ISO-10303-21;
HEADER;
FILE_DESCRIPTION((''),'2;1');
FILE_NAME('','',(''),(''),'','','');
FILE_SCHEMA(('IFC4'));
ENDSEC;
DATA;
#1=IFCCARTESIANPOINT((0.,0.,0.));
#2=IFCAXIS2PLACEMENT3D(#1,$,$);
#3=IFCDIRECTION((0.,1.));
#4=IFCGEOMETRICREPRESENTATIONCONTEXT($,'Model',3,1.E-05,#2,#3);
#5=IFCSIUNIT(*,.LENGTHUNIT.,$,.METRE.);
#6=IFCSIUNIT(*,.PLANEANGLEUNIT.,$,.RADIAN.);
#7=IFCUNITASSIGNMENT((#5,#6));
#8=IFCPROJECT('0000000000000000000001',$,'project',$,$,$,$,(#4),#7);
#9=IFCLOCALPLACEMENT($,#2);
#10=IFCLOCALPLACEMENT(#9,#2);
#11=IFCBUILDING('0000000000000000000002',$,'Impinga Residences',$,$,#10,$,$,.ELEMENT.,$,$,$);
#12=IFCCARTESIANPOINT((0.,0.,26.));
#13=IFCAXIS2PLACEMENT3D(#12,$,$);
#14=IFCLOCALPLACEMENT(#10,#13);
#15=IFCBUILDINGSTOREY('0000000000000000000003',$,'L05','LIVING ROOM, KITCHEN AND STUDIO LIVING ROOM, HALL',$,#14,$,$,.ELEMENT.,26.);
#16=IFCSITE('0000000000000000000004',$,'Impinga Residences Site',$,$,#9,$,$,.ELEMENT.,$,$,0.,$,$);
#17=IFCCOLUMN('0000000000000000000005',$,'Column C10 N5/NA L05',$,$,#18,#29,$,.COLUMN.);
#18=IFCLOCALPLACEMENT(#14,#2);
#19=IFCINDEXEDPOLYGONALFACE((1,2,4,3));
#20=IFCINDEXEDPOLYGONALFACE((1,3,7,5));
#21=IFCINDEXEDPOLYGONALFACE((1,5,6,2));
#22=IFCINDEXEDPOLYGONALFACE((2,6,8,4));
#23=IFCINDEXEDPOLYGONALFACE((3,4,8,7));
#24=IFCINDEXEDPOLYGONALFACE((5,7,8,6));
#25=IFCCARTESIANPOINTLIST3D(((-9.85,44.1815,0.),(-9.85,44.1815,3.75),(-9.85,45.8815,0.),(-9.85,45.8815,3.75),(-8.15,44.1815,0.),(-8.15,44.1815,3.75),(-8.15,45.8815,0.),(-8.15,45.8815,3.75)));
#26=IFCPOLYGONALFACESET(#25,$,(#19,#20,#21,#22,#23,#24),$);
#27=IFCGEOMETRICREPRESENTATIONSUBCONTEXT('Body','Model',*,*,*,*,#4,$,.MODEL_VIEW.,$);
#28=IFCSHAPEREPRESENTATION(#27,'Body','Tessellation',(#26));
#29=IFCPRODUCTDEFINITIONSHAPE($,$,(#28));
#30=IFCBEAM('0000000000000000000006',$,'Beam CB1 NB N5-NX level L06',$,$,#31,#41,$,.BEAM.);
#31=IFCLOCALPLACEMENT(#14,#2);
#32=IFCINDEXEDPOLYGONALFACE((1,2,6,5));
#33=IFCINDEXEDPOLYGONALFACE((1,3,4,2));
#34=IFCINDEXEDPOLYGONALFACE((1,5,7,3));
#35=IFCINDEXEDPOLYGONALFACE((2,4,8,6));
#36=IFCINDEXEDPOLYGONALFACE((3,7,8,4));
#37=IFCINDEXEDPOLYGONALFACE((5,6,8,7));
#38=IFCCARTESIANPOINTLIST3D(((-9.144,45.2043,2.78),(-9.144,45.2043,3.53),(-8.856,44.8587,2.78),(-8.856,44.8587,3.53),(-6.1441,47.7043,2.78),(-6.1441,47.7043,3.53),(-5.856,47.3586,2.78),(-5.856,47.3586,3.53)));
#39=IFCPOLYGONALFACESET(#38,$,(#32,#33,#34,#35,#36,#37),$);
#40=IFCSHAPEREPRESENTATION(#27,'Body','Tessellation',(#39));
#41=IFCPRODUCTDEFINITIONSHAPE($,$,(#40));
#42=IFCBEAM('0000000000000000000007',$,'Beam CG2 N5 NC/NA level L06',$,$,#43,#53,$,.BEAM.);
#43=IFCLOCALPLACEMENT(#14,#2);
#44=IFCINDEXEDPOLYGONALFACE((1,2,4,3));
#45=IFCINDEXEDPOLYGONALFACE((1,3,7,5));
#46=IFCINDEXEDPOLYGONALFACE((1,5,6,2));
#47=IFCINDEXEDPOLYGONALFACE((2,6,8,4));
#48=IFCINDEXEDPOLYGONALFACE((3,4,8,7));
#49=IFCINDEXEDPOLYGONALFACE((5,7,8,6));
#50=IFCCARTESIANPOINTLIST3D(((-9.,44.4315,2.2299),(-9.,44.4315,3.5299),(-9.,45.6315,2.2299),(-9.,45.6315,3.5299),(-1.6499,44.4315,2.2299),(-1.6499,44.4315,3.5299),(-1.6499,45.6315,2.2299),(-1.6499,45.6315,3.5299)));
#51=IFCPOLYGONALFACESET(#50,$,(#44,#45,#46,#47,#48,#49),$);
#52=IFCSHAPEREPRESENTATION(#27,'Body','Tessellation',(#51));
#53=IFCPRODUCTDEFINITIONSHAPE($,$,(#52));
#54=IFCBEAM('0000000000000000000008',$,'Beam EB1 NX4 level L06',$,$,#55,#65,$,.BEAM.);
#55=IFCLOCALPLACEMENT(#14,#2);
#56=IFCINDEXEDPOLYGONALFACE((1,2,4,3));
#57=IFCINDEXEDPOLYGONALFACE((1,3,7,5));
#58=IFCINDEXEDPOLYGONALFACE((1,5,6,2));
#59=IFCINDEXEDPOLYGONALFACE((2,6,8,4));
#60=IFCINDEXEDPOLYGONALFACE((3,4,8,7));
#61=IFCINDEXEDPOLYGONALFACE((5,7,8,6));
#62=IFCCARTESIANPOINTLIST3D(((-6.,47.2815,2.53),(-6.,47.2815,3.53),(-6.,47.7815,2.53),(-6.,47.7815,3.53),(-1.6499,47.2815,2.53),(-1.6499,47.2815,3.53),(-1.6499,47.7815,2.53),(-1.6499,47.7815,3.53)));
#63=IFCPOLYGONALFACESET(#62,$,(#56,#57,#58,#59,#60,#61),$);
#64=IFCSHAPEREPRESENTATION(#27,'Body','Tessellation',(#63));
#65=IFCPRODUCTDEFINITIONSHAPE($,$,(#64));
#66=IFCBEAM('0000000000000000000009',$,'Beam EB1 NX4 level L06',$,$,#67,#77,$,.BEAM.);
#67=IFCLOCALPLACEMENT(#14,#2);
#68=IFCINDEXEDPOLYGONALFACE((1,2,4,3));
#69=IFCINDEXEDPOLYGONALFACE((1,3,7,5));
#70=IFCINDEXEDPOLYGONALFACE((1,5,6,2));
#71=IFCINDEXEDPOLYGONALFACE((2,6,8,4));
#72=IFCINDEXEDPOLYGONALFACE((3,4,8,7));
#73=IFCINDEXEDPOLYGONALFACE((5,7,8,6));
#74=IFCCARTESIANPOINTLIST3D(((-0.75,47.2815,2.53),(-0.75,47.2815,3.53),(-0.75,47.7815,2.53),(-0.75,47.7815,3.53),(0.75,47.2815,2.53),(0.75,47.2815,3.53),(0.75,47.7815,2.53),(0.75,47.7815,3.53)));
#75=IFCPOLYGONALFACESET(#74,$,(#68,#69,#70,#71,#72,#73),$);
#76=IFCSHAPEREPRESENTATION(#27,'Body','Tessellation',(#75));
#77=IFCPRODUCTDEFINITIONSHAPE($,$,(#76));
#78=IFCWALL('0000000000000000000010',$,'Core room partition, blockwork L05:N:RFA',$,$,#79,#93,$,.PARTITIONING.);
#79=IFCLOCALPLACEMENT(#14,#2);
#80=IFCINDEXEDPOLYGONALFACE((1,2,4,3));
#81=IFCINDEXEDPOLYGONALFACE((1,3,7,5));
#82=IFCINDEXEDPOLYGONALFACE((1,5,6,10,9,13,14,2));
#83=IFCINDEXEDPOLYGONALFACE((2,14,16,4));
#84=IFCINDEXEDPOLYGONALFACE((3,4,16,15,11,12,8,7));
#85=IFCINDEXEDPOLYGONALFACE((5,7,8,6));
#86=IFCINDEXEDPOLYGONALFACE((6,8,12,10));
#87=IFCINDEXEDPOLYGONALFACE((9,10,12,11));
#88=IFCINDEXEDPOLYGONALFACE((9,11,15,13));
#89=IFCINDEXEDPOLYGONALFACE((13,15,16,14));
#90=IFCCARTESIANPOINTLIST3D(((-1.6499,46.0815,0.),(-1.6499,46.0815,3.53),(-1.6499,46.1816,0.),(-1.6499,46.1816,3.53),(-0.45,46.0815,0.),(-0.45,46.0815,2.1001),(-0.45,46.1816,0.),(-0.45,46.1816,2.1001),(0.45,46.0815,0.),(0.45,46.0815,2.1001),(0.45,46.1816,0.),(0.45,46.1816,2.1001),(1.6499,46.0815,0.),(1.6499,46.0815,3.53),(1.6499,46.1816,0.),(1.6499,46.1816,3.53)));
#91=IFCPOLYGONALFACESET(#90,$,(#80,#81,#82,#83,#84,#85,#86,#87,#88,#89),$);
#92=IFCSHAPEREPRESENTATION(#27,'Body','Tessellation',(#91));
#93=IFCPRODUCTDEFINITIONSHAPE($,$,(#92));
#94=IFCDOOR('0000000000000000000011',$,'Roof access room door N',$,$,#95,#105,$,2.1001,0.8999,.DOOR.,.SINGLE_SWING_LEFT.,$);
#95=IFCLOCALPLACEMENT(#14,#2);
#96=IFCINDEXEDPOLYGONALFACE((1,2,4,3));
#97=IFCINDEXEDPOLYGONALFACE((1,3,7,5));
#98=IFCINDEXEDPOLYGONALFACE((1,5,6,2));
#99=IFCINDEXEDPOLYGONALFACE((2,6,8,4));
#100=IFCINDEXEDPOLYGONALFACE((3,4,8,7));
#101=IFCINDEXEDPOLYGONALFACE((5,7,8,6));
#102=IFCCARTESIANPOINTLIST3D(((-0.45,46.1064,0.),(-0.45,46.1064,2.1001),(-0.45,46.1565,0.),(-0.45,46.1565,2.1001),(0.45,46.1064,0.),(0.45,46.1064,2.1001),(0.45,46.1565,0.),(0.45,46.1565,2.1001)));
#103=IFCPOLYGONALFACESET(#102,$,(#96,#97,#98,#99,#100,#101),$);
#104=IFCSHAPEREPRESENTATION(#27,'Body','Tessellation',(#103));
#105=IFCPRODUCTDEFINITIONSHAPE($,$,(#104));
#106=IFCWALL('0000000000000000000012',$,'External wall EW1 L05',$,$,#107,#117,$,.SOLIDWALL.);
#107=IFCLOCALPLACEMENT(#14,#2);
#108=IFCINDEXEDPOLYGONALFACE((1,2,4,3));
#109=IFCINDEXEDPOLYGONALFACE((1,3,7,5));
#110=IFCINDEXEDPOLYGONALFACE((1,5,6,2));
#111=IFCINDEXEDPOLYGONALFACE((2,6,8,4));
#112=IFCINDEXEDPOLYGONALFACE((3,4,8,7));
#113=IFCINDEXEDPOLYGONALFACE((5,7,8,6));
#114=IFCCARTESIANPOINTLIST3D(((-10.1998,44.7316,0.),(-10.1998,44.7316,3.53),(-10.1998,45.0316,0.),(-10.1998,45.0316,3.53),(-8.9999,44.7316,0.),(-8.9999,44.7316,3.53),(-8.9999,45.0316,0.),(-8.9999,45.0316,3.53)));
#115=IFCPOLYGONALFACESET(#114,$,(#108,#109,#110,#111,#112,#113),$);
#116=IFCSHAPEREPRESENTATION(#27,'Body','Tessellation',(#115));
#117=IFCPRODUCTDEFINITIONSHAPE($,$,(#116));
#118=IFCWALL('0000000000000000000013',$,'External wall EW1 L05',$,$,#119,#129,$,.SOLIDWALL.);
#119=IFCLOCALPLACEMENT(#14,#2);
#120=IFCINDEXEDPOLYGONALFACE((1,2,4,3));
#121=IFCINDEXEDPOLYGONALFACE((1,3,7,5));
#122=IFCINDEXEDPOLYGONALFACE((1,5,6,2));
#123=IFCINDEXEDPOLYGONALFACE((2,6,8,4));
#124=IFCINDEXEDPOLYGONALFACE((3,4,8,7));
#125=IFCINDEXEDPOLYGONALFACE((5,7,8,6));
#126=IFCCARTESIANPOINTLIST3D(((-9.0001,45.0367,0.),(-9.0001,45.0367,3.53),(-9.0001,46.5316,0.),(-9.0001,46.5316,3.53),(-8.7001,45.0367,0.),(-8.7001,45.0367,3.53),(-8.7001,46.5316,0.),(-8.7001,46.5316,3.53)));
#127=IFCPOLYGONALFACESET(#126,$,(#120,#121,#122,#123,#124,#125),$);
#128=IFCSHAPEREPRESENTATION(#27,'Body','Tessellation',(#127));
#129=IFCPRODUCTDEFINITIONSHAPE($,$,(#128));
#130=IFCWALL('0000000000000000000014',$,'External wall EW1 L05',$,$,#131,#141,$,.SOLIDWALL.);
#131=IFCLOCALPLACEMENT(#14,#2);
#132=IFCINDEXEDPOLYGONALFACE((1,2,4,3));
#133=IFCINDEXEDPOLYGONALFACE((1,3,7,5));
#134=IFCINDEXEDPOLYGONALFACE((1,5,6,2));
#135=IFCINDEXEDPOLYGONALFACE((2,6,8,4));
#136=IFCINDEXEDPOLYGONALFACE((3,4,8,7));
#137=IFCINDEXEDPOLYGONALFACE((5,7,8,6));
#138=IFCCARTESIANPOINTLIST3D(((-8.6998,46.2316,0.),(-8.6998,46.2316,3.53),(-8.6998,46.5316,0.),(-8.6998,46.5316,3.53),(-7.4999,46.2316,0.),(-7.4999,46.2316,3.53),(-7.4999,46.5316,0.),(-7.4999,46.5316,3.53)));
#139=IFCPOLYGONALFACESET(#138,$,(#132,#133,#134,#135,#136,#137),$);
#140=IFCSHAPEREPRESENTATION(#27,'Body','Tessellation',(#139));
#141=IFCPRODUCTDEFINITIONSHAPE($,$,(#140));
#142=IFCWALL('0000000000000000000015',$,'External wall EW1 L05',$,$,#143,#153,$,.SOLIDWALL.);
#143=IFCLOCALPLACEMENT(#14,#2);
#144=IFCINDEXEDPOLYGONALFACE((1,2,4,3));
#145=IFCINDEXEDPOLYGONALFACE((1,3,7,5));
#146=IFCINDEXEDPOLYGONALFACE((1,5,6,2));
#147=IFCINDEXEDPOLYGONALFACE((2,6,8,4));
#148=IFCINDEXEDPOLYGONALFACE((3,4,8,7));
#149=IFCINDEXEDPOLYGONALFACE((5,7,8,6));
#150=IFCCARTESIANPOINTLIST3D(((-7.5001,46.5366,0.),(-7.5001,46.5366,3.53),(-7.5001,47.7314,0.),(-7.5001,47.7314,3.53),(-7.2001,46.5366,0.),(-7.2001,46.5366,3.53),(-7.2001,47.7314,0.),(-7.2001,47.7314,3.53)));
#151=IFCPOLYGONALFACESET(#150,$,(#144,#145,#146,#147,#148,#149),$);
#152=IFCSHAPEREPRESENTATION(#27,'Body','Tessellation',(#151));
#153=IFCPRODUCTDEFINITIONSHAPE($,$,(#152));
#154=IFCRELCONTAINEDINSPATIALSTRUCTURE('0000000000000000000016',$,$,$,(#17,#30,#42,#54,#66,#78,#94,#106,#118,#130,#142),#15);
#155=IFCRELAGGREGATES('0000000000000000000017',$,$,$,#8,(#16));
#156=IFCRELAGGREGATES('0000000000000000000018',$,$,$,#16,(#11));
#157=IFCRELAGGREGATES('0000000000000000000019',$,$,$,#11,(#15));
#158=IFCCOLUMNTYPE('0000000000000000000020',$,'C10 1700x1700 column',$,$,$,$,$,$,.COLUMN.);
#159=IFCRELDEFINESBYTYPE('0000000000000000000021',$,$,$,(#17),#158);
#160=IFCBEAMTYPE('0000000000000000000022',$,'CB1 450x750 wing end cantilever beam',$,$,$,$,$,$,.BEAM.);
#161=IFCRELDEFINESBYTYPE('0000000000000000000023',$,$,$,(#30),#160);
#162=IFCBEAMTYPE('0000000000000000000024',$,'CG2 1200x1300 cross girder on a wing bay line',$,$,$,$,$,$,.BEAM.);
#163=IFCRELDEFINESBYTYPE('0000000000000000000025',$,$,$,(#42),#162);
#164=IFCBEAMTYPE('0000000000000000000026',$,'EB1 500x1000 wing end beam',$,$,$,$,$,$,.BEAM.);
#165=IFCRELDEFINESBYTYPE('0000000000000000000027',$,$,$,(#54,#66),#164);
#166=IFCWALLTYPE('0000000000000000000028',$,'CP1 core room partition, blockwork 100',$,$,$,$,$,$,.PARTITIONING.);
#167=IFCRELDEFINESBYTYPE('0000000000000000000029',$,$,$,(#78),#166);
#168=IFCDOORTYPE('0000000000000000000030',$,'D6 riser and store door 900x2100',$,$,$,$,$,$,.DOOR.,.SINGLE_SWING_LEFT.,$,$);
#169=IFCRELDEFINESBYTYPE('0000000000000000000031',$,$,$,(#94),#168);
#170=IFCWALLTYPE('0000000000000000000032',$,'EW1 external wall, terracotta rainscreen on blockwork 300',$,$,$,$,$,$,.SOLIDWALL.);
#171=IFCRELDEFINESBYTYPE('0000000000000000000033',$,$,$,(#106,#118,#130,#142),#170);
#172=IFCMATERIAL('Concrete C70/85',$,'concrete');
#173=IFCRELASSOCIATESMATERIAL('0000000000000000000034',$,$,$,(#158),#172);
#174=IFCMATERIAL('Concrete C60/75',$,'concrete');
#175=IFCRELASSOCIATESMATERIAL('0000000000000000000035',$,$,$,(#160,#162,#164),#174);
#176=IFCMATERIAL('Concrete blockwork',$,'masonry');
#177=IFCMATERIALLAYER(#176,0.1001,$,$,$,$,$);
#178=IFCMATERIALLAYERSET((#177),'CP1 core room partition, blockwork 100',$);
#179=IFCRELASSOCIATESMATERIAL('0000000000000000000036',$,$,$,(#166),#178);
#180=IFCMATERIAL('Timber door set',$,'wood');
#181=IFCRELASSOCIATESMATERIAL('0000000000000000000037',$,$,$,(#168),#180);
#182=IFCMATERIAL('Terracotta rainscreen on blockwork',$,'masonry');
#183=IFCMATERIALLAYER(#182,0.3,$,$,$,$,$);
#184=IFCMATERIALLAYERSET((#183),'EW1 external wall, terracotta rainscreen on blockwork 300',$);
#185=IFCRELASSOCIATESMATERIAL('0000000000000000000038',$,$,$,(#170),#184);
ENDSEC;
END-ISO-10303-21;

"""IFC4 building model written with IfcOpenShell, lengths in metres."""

from ifc_helpers import new_model, si_unit, direction, frame, frame_2d, origin, origin_2d, place, context, subcontext, project, spatial, rectangle, extrude, material, layer, layer_set, material_profile, profile_set, type_object, element, fill, save


model = new_model("IFC4")

# Units and contexts
model_context = context("Model", 3, precision=1e-05, world=origin(), true_north=direction((0.0, 1.0)))
body_context = subcontext(model_context, "Body", "Model", "MODEL_VIEW")
ifc_project = project(units=[si_unit("LENGTHUNIT", "METRE"), si_unit("PLANEANGLEUNIT", "RADIAN")], contexts=[model_context])

# Site, building, storey
site_placement = place(None, origin())
site = spatial("IfcSite", under=ifc_project, at=site_placement, Name="Impinga Residences Site", CompositionType="ELEMENT", RefElevation=0.0)
building_placement = place(site_placement, origin())
building = spatial("IfcBuilding", under=site, at=building_placement, Name="Impinga Residences", CompositionType="ELEMENT")
storey_placement = place(building_placement, frame((0.0, 0.0, 26.0)))
storey = spatial("IfcBuildingStorey", under=building, at=storey_placement, Name="L05", Description="LIVING ROOM, KITCHEN AND STUDIO LIVING ROOM, HALL", CompositionType="ELEMENT", Elevation=26.0)

# Column
ifc_material_1 = material(Name="Concrete C70/85", Category="concrete")
ifc_material_profile_1 = material_profile(ifc_material_1, rectangle(XDim=1.7, YDim=1.7, at=origin_2d()), Name="RC 1700x1700")
ifc_profile_set_1 = profile_set([ifc_material_profile_1], Name="Concrete C70/85")
column_type = type_object("IfcColumnType", Name="C10 1700x1700 column", PredefinedType="COLUMN", material=ifc_profile_set_1)
column_placement = place(storey_placement, frame((-9.0, 45.0315, 0.0), z_axis=(0.0, 0.0, 1.0), x_axis=(1.0, 0.0, 0.0)))
element("IfcColumn", 1, at=column_placement, inside=storey, type_object=column_type, Name="Column C10 N5/NA L05", PredefinedType="COLUMN", context=body_context, shape_type="SweptSolid", body=[
    extrude(rectangle(XDim=1.7, YDim=1.7, at=origin_2d()), origin(), (0.0, 0.0, 1.0), 3.75),
])

# Beams
ifc_material_2 = material(Name="Concrete C60/75", Category="concrete")
ifc_material_profile_2 = material_profile(ifc_material_2, rectangle(XDim=0.45, YDim=0.75, at=origin_2d()), Name="RC 450x750")
ifc_profile_set_2 = profile_set([ifc_material_profile_2], Name="Concrete C60/75")
beam_type_1 = type_object("IfcBeamType", Name="CB1 450x750 wing end cantilever beam", PredefinedType="BEAM", material=ifc_profile_set_2)
beam_1_placement = place(storey_placement, frame((-9.0, 45.0315, 3.155), z_axis=(0.768221, 0.640184, 0.0), x_axis=(-0.640184, 0.768221, 0.0)))
element("IfcBeam", 2, at=beam_1_placement, inside=storey, type_object=beam_type_1, Name="Beam CB1 NB N5-NX level L06", PredefinedType="BEAM", context=body_context, shape_type="SweptSolid", body=[
    extrude(rectangle(XDim=0.45, YDim=0.75, at=origin_2d()), origin(), (0.0, 0.0, 1.0), 3.905),
])
ifc_material_profile_3 = material_profile(ifc_material_2, rectangle(XDim=1.2, YDim=1.3, at=origin_2d()), Name="RC 1200x1300")
ifc_profile_set_3 = profile_set([ifc_material_profile_3], Name="Concrete C60/75")
beam_type_2 = type_object("IfcBeamType", Name="CG2 1200x1300 cross girder on a wing bay line", PredefinedType="BEAM", material=ifc_profile_set_3)
beam_2_placement = place(storey_placement, frame((-1.6499, 45.0315, 2.8799), z_axis=(-1.0, 0.0, 0.0), x_axis=(0.0, -1.0, 0.0)))
element("IfcBeam", 3, at=beam_2_placement, inside=storey, type_object=beam_type_2, Name="Beam CG2 N5 NC/NA level L06", PredefinedType="BEAM", context=body_context, shape_type="SweptSolid", body=[
    extrude(rectangle(XDim=1.2, YDim=1.3, at=origin_2d()), origin(), (0.0, 0.0, 1.0), 7.3501),
])
ifc_material_profile_4 = material_profile(ifc_material_2, rectangle(XDim=0.5, YDim=1.0, at=origin_2d()), Name="RC 500x1000")
ifc_profile_set_4 = profile_set([ifc_material_profile_4], Name="Concrete C60/75")
beam_type_3 = type_object("IfcBeamType", Name="EB1 500x1000 wing end beam", PredefinedType="BEAM", material=ifc_profile_set_4)
beam_3_placement = place(storey_placement, frame((-6.0, 47.5315, 3.03), z_axis=(1.0, 0.0, 0.0), x_axis=(0.0, 1.0, 0.0)))
element("IfcBeam", 4, at=beam_3_placement, inside=storey, type_object=beam_type_3, Name="Beam EB1 NX4 level L06", PredefinedType="BEAM", context=body_context, shape_type="SweptSolid", body=[
    extrude(rectangle(XDim=0.5, YDim=1.0, at=origin_2d()), origin(), (0.0, 0.0, 1.0), 4.3501),
])
beam_4_placement = place(storey_placement, frame((-0.75, 47.5315, 3.03), z_axis=(1.0, 0.0, 0.0), x_axis=(0.0, 1.0, 0.0)))
element("IfcBeam", 5, at=beam_4_placement, inside=storey, type_object=beam_type_3, Name="Beam EB1 NX4 level L06", PredefinedType="BEAM", context=body_context, shape_type="SweptSolid", body=[
    extrude(rectangle(XDim=0.5, YDim=1.0, at=origin_2d()), origin(), (0.0, 0.0, 1.0), 1.5),
])

# Wall, opening, door
ifc_material_3 = material(Name="Concrete blockwork", Category="masonry")
ifc_layer_1 = layer(ifc_material_3, 0.1001)
ifc_layer_set_1 = layer_set([ifc_layer_1], Name="CP1 core room partition, blockwork 100")
wall_type_1 = type_object("IfcWallType", Name="CP1 core room partition, blockwork 100", PredefinedType="PARTITIONING", material=ifc_layer_set_1)
wall_1_placement = place(storey_placement, frame((-1.6499, 46.1316, 0.0), z_axis=(0.0, 0.0, 1.0), x_axis=(1.0, 0.0, 0.0)))
wall_1 = element("IfcWall", 6, at=wall_1_placement, inside=storey, type_object=wall_type_1, Name="Core room partition, blockwork L05:N:RFA", PredefinedType="PARTITIONING", context=body_context, shape_type="SweptSolid", body=[
    extrude(rectangle(XDim=3.2998, YDim=0.1001, at=frame_2d((1.6499, 0.0))), origin(), (0.0, 0.0, 1.0), 3.53),
])
opening_1_placement = place(wall_1_placement, frame((1.2, 0.0, 0.0)))
opening_1 = element("IfcOpeningElement", 7, at=opening_1_placement, cuts=wall_1, PredefinedType="OPENING", context=body_context, shape_type="SweptSolid", body=[
    extrude(rectangle(XDim=0.8999, YDim=2.1001, at=frame_2d((0.45, 1.05))), frame((0.0, 0.0601, 0.0), z_axis=(0.0, -1.0, 0.0), x_axis=(1.0, 0.0, 0.0)), (0.0, 0.0, 1.0), 0.1201),
])
ifc_material_4 = material(Name="Timber door set", Category="wood")
door_type_1 = type_object("IfcDoorType", Name="D6 riser and store door 900x2100", OperationType="SINGLE_SWING_LEFT", PredefinedType="DOOR", material=ifc_material_4)
door_1_placement = place(opening_1_placement, origin())
door_1 = element("IfcDoor", 8, at=door_1_placement, inside=storey, type_object=door_type_1, Name="Roof access room door N", OperationType="SINGLE_SWING_LEFT", OverallHeight=2.1001, OverallWidth=0.8999, PredefinedType="DOOR", context=body_context, shape_type="SweptSolid", body=[
    extrude(rectangle(XDim=0.8999, YDim=2.1001, at=frame_2d((0.45, 1.05))), frame((0.0, 0.0249, 0.0), z_axis=(0.0, -1.0, 0.0), x_axis=(1.0, 0.0, 0.0)), (0.0, 0.0, 1.0), 0.05),
])
fill(opening_1, door_1)

# Walls
ifc_material_5 = material(Name="Terracotta rainscreen on blockwork", Category="masonry")
ifc_layer_2 = layer(ifc_material_5, 0.3)
ifc_layer_set_2 = layer_set([ifc_layer_2], Name="EW1 external wall, terracotta rainscreen on blockwork 300")
wall_type_2 = type_object("IfcWallType", Name="EW1 external wall, terracotta rainscreen on blockwork 300", PredefinedType="SOLIDWALL", material=ifc_layer_set_2)
wall_2_placement = place(storey_placement, frame((-10.2, 44.8816, 0.0), z_axis=(0.0, 0.0, 1.0), x_axis=(1.0, 0.0, 0.0)))
element("IfcWall", 9, at=wall_2_placement, inside=storey, type_object=wall_type_2, Name="External wall EW1 L05", PredefinedType="SOLIDWALL", context=body_context, shape_type="SweptSolid", body=[
    extrude(rectangle(XDim=1.2, YDim=0.3, at=frame_2d((0.6001, 0.0))), origin(), (0.0, 0.0, 1.0), 3.53),
])
wall_3_placement = place(storey_placement, frame((-8.8501, 45.0366, 0.0), z_axis=(0.0, 0.0, 1.0), x_axis=(0.0, 1.0, 0.0)))
element("IfcWall", 10, at=wall_3_placement, inside=storey, type_object=wall_type_2, Name="External wall EW1 L05", PredefinedType="SOLIDWALL", context=body_context, shape_type="SweptSolid", body=[
    extrude(rectangle(XDim=1.4949, YDim=0.3, at=frame_2d((0.7476, 0.0))), origin(), (0.0, 0.0, 1.0), 3.53),
])
wall_4_placement = place(storey_placement, frame((-8.7, 46.3816, 0.0), z_axis=(0.0, 0.0, 1.0), x_axis=(1.0, 0.0, 0.0)))
element("IfcWall", 11, at=wall_4_placement, inside=storey, type_object=wall_type_2, Name="External wall EW1 L05", PredefinedType="SOLIDWALL", context=body_context, shape_type="SweptSolid", body=[
    extrude(rectangle(XDim=1.2, YDim=0.3, at=frame_2d((0.6001, 0.0))), origin(), (0.0, 0.0, 1.0), 3.53),
])
wall_5_placement = place(storey_placement, frame((-7.3501, 46.5366, 0.0), z_axis=(0.0, 0.0, 1.0), x_axis=(0.0, 1.0, 0.0)))
element("IfcWall", 12, at=wall_5_placement, inside=storey, type_object=wall_type_2, Name="External wall EW1 L05", PredefinedType="SOLIDWALL", context=body_context, shape_type="SweptSolid", body=[
    extrude(rectangle(XDim=1.1948, YDim=0.3, at=frame_2d((0.5974, 0.0))), origin(), (0.0, 0.0, 1.0), 3.53),
])

save(model, "model.ifc")
